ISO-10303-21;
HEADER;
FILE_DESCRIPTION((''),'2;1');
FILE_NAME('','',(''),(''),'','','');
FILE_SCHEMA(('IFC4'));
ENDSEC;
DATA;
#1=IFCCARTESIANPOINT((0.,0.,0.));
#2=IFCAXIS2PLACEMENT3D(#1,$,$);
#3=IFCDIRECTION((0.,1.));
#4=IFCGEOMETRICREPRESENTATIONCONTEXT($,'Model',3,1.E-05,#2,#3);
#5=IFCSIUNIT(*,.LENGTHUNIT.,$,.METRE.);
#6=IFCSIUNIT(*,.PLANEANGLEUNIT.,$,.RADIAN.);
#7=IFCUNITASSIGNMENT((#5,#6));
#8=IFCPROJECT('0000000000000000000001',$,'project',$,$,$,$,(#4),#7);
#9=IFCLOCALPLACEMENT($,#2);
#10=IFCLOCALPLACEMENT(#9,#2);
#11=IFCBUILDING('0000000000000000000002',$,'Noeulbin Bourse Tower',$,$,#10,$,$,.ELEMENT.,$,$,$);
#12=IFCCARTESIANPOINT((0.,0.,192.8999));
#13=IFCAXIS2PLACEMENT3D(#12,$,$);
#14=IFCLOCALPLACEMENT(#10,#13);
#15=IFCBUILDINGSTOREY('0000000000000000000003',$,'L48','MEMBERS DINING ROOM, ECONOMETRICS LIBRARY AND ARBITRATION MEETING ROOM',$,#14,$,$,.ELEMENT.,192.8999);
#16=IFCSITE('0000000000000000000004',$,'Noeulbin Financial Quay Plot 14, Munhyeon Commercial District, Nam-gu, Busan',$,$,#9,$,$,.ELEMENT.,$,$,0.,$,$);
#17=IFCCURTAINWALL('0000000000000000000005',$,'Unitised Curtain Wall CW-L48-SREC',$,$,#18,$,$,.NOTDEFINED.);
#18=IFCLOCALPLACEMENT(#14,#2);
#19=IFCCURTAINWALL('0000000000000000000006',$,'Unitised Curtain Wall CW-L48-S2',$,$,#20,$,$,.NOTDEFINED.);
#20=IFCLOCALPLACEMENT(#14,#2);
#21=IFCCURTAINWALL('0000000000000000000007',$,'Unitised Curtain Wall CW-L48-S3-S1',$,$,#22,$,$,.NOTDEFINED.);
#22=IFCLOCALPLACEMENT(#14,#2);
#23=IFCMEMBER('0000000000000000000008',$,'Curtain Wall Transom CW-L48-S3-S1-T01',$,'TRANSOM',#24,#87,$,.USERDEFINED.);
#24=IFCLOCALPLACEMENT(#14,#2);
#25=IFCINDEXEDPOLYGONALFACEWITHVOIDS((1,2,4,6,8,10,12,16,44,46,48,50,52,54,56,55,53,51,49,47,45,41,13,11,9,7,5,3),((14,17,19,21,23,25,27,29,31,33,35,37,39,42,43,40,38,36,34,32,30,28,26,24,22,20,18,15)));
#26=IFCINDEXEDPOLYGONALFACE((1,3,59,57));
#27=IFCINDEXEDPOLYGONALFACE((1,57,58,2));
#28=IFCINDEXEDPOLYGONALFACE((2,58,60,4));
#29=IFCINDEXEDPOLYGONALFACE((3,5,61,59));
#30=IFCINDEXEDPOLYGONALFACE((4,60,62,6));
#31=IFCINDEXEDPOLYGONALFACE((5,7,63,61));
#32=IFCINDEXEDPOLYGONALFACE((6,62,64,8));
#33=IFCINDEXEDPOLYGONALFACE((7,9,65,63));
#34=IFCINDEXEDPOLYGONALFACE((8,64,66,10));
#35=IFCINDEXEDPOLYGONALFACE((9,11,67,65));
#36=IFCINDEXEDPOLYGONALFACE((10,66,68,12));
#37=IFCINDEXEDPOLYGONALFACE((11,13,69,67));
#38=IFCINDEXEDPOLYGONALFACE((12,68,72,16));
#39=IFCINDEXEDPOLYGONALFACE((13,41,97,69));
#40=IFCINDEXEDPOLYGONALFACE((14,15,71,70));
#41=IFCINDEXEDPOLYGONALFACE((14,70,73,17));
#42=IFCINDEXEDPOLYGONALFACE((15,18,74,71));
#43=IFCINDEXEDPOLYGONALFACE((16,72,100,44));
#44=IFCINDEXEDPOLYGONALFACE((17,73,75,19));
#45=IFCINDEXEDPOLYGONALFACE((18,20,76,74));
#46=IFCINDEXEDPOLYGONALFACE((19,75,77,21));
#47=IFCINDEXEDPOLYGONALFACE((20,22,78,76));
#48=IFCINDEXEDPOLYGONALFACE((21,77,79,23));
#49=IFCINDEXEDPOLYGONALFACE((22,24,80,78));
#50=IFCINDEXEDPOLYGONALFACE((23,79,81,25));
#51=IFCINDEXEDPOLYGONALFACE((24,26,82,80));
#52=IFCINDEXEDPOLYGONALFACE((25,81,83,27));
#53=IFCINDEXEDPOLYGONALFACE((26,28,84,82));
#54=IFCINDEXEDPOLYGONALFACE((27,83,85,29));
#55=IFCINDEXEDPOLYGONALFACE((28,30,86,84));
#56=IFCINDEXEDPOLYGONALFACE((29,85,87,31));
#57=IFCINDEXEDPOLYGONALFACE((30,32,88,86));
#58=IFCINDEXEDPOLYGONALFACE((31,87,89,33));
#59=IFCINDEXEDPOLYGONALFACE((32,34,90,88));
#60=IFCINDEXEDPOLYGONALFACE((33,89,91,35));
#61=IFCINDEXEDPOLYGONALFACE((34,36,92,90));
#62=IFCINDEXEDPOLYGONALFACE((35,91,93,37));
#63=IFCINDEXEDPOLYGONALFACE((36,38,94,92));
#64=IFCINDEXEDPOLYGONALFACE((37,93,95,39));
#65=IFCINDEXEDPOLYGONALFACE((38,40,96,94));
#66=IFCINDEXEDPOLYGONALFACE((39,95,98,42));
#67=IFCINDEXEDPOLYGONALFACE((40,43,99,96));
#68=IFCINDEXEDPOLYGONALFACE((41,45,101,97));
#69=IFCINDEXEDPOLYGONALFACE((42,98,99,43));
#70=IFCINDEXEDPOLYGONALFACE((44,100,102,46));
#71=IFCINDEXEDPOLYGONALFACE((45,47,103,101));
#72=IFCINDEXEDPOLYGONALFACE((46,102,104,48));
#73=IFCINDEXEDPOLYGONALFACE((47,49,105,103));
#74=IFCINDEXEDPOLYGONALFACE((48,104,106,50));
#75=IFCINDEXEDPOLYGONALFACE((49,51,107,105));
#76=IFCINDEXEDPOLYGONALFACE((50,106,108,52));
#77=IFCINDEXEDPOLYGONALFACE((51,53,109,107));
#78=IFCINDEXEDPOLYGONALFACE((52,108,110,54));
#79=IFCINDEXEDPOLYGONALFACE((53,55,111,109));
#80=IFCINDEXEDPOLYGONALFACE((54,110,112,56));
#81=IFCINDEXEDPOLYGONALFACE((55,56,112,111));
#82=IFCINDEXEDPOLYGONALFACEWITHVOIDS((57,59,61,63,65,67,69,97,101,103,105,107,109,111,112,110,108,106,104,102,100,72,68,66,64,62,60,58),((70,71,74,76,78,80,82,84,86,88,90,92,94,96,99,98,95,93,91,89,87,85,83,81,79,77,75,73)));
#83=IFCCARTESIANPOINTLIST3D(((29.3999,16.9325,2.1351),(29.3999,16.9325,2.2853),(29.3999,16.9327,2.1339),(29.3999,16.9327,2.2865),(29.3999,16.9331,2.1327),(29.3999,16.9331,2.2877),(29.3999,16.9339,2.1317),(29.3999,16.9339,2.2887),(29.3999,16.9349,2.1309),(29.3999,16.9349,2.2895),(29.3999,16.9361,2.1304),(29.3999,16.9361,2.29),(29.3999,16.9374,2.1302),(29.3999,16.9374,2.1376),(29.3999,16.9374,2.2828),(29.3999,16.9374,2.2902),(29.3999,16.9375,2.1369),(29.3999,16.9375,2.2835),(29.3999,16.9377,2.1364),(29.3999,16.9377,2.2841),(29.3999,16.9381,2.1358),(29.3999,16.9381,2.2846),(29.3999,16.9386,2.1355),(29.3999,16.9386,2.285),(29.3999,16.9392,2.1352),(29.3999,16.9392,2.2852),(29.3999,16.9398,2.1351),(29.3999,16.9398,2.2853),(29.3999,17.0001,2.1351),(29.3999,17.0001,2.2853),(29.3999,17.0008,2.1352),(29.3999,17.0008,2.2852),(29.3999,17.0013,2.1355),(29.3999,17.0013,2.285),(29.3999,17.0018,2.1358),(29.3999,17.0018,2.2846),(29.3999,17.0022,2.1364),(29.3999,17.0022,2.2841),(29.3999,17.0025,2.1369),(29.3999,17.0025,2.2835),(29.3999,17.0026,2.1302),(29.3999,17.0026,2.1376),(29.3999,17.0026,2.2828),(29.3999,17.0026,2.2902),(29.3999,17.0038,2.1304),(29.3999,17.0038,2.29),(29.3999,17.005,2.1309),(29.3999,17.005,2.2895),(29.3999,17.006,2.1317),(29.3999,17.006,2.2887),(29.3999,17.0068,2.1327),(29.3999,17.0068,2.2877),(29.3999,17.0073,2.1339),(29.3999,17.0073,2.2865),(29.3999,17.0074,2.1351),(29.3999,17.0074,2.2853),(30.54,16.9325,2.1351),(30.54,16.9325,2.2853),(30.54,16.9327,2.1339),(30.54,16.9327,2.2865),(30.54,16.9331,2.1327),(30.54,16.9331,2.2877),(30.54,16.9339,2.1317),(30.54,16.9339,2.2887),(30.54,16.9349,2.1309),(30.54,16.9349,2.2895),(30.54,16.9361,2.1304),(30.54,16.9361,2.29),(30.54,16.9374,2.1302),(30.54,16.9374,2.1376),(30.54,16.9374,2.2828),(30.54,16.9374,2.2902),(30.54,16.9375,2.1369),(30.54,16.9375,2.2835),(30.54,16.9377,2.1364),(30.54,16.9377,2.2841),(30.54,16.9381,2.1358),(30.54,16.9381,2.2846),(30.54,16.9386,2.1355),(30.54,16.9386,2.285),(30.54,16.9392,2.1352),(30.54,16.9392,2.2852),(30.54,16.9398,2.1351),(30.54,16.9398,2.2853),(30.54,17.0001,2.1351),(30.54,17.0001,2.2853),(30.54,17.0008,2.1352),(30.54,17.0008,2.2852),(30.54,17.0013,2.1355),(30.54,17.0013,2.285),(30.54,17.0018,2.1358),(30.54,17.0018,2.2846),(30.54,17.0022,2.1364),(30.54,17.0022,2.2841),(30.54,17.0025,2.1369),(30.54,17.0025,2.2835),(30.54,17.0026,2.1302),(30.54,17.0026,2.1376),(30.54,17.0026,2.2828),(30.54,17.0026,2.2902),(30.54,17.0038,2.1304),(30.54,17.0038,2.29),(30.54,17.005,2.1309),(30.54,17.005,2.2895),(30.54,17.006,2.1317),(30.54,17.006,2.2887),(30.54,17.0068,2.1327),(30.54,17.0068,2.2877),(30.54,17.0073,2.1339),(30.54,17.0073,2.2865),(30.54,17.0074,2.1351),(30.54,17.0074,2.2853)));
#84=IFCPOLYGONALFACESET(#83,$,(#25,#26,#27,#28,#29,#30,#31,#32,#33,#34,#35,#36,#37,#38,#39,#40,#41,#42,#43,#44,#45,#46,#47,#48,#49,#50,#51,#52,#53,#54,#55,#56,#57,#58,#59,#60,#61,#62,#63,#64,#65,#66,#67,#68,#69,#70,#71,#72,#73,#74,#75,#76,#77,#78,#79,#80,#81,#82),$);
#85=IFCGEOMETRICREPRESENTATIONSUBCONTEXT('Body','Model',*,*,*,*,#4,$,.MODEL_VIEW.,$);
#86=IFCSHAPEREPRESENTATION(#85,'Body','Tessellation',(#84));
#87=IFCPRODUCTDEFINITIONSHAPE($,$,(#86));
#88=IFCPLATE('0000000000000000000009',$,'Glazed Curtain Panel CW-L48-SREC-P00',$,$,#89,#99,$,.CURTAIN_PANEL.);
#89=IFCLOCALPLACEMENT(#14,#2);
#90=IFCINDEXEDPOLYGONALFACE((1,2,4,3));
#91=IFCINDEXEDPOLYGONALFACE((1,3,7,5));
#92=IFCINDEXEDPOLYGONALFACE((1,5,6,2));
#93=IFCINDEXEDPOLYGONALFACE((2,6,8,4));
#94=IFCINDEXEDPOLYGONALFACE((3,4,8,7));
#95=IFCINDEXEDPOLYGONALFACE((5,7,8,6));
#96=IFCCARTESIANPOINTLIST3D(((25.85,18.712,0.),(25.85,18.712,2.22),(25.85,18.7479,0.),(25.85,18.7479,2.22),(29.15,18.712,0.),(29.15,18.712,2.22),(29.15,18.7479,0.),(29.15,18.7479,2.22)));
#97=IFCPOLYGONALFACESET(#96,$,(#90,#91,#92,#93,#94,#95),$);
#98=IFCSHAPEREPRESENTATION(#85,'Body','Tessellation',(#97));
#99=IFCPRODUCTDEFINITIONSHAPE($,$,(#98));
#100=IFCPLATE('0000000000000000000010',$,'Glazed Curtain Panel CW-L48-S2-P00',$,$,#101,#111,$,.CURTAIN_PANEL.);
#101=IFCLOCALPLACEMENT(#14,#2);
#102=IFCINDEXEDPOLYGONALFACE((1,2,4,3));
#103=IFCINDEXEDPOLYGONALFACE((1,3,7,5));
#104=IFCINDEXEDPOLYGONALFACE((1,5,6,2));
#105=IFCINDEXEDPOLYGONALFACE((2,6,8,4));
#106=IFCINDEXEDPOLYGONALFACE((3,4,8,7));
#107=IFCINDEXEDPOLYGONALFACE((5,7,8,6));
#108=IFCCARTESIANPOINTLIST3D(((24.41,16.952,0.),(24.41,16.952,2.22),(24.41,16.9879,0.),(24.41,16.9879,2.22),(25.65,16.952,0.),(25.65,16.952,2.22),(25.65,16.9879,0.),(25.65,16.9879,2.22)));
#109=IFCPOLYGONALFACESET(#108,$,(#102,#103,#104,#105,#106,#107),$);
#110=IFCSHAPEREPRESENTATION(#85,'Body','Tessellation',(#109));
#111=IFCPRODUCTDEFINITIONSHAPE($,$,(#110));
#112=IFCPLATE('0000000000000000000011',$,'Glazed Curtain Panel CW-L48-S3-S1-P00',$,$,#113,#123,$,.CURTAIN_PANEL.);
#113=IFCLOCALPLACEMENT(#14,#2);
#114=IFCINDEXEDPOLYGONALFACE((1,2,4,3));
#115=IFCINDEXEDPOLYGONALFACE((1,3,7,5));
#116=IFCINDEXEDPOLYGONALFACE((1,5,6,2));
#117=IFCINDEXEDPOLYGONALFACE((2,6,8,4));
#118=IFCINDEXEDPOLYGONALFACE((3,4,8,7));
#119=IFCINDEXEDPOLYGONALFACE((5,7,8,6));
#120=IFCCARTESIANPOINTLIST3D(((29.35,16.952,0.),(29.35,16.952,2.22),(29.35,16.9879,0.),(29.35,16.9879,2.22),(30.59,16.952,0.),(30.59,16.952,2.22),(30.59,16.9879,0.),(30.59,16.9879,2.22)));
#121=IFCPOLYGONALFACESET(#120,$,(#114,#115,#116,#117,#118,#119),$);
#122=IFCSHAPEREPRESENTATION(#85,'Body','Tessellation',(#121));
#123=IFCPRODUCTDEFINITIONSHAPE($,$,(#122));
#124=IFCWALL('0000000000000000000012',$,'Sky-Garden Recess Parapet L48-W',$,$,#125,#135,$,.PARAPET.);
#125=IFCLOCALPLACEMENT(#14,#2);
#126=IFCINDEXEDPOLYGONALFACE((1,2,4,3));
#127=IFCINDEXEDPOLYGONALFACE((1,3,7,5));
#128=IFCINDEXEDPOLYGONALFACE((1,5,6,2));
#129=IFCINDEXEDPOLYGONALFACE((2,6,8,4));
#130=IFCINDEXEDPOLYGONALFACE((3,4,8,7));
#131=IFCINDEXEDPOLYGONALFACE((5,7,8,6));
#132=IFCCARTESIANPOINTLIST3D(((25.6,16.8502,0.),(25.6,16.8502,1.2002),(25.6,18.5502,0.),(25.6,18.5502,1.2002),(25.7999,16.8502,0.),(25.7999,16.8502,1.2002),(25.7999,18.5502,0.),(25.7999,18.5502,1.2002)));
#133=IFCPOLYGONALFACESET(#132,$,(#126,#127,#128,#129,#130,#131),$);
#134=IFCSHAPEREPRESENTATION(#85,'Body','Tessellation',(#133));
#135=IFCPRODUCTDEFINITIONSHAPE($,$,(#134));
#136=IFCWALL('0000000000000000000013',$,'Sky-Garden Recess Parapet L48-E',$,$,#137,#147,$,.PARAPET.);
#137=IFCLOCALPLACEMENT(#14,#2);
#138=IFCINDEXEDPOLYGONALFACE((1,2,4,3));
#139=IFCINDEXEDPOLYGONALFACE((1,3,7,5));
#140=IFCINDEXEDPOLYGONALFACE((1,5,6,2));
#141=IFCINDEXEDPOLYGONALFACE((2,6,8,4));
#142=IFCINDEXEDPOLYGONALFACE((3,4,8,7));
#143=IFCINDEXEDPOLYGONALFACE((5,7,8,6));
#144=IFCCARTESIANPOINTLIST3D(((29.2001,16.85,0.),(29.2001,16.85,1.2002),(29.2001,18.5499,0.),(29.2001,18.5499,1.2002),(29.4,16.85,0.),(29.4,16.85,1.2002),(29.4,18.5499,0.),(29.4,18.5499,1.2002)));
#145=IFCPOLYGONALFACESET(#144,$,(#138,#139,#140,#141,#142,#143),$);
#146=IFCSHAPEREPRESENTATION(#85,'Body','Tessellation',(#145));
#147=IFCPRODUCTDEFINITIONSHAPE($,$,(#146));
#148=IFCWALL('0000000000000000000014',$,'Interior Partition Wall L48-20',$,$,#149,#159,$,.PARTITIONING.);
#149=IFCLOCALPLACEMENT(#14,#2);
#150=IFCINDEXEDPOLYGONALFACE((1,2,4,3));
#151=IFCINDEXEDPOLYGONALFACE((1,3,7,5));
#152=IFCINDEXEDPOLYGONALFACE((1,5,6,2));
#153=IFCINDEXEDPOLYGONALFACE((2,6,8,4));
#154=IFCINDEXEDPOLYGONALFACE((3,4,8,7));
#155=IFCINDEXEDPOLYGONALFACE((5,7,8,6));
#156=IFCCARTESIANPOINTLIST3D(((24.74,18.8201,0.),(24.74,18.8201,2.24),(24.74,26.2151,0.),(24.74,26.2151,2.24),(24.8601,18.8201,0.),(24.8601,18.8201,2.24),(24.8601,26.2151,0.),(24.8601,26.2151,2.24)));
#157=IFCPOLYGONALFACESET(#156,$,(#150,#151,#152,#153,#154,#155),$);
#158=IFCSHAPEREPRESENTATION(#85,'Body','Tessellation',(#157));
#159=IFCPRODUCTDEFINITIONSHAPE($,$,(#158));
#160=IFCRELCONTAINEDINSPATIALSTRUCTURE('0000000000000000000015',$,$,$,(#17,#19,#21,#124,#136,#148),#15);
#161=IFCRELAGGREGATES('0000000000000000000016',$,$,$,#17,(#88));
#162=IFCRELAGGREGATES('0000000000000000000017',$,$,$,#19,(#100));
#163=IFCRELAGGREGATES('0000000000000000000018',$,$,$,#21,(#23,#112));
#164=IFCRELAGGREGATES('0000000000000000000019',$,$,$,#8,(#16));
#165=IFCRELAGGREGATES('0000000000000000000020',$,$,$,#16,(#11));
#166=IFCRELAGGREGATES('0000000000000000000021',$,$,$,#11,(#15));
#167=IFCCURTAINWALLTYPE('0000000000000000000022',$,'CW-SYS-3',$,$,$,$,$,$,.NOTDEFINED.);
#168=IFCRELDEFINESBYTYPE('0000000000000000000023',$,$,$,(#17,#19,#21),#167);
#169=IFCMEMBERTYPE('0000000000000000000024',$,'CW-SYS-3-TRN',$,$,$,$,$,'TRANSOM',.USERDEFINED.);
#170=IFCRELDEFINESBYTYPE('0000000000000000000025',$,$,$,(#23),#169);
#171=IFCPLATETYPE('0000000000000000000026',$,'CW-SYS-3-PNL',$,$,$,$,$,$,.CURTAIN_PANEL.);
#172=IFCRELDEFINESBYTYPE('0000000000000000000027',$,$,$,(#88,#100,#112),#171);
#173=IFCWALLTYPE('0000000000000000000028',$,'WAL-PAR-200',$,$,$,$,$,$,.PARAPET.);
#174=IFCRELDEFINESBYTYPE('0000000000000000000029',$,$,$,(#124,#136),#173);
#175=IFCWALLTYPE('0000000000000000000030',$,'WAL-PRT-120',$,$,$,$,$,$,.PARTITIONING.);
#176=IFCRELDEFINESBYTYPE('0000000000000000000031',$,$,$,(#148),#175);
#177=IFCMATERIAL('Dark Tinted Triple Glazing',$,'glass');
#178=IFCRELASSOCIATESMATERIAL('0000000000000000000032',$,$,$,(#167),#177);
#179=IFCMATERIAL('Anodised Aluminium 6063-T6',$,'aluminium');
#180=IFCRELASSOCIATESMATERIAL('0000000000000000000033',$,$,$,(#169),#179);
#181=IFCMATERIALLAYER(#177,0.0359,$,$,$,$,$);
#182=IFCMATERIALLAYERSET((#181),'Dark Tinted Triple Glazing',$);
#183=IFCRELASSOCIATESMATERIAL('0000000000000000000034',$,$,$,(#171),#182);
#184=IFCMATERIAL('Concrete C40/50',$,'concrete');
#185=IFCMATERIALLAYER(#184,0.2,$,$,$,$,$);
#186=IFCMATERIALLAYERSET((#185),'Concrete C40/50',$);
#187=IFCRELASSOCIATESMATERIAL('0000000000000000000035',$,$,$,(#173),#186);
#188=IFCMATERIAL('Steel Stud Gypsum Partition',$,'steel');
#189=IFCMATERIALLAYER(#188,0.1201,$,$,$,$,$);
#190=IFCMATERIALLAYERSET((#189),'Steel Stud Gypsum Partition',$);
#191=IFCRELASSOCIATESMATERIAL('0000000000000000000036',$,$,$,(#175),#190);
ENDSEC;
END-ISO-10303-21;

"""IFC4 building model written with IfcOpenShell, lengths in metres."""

from ifc_helpers import new_model, si_unit, direction, frame, frame_2d, origin, origin_2d, place, context, subcontext, project, spatial, rectangle, hollow_rectangle, extrude, material, layer, layer_set, material_profile, profile_set, type_object, element, aggregate, save


model = new_model("IFC4")

# Units and contexts
model_context = context("Model", 3, precision=1e-05, world=origin(), true_north=direction((0.0, 1.0)))
body_context = subcontext(model_context, "Body", "Model", "MODEL_VIEW")
ifc_project = project(units=[si_unit("LENGTHUNIT", "METRE"), si_unit("PLANEANGLEUNIT", "RADIAN")], contexts=[model_context])

# Site, building, storey
site_placement = place(None, origin())
site = spatial("IfcSite", under=ifc_project, at=site_placement, Name="Noeulbin Financial Quay Plot 14, Munhyeon Commercial District, Nam-gu, Busan", CompositionType="ELEMENT", RefElevation=0.0)
building_placement = place(site_placement, origin())
building = spatial("IfcBuilding", under=site, at=building_placement, Name="Noeulbin Bourse Tower", CompositionType="ELEMENT")
storey_placement = place(building_placement, frame((0.0, 0.0, 192.8999)))
storey = spatial("IfcBuildingStorey", under=building, at=storey_placement, Name="L48", Description="MEMBERS DINING ROOM, ECONOMETRICS LIBRARY AND ARBITRATION MEETING ROOM", CompositionType="ELEMENT", Elevation=192.8999)

# Curtain wall
ifc_material_1 = material(Name="Dark Tinted Triple Glazing", Category="glass")
curtain_wall_type = type_object("IfcCurtainWallType", Name="CW-SYS-3", PredefinedType="NOTDEFINED", material=ifc_material_1)
curtain_wall_1_placement = place(storey_placement, origin())
curtain_wall_1 = element("IfcCurtainWall", 1, at=curtain_wall_1_placement, inside=storey, type_object=curtain_wall_type, Name="Unitised Curtain Wall CW-L48-SREC", PredefinedType="NOTDEFINED")
ifc_material_2 = material(Name="Anodised Aluminium 6063-T6", Category="aluminium")

# Curtain wall
curtain_wall_2_placement = place(storey_placement, origin())
curtain_wall_2 = element("IfcCurtainWall", 2, at=curtain_wall_2_placement, inside=storey, type_object=curtain_wall_type, Name="Unitised Curtain Wall CW-L48-S2", PredefinedType="NOTDEFINED")

# Curtain wall
curtain_wall_3_placement = place(storey_placement, origin())
curtain_wall_3 = element("IfcCurtainWall", 3, at=curtain_wall_3_placement, inside=storey, type_object=curtain_wall_type, Name="Unitised Curtain Wall CW-L48-S3-S1", PredefinedType="NOTDEFINED")

# Member
ifc_material_profile_1 = material_profile(ifc_material_2, hollow_rectangle(XDim=0.075, YDim=0.1599, WallThickness=0.0049, InnerFilletRadius=0.0024, OuterFilletRadius=0.0049, at=origin_2d()), Name="ALU-TRAN-75x160x5", Category="LoadBearing")
ifc_profile_set_1 = profile_set([ifc_material_profile_1], Name="Anodised Aluminium 6063-T6")
member_type_1 = type_object("IfcMemberType", Name="CW-SYS-3-TRN", ElementType="TRANSOM", PredefinedType="USERDEFINED", material=ifc_profile_set_1)
member_1_placement = place(storey_placement, frame((29.3999, 16.97, 2.2102), z_axis=(1.0, 0.0, 0.0), x_axis=(0.0, 1.0, 0.0)))
member_1 = element("IfcMember", 4, at=member_1_placement, type_object=member_type_1, Name="Curtain Wall Transom CW-L48-S3-S1-T01", ObjectType="TRANSOM", PredefinedType="USERDEFINED", context=body_context, shape_type="SweptSolid", body=[
    extrude(hollow_rectangle(XDim=0.075, YDim=0.1599, WallThickness=0.0049, InnerFilletRadius=0.0024, OuterFilletRadius=0.0049, at=origin_2d()), origin(), (0.0, 0.0, 1.0), 1.1401),
])

# Plates
ifc_layer_1 = layer(ifc_material_1, 0.0359)
ifc_layer_set_1 = layer_set([ifc_layer_1], Name="Dark Tinted Triple Glazing")
plate_type = type_object("IfcPlateType", Name="CW-SYS-3-PNL", PredefinedType="CURTAIN_PANEL", material=ifc_layer_set_1)
plate_1_placement = place(storey_placement, frame((27.5, 18.73, 0.0), z_axis=(0.0, 0.0, 1.0), x_axis=(1.0, 0.0, 0.0)))
plate_1 = element("IfcPlate", 5, at=plate_1_placement, type_object=plate_type, Name="Glazed Curtain Panel CW-L48-SREC-P00", PredefinedType="CURTAIN_PANEL", context=body_context, shape_type="SweptSolid", body=[
    extrude(rectangle(XDim=3.3, YDim=0.0359, at=origin_2d()), origin(), (0.0, 0.0, 1.0), 2.22),
])
aggregate(curtain_wall_1, [plate_1])
plate_2_placement = place(storey_placement, frame((25.03, 16.97, 0.0), z_axis=(0.0, 0.0, 1.0), x_axis=(1.0, 0.0, 0.0)))
plate_2 = element("IfcPlate", 6, at=plate_2_placement, type_object=plate_type, Name="Glazed Curtain Panel CW-L48-S2-P00", PredefinedType="CURTAIN_PANEL", context=body_context, shape_type="SweptSolid", body=[
    extrude(rectangle(XDim=1.24, YDim=0.0359, at=origin_2d()), origin(), (0.0, 0.0, 1.0), 2.22),
])
aggregate(curtain_wall_2, [plate_2])
plate_3_placement = place(storey_placement, frame((29.97, 16.97, 0.0), z_axis=(0.0, 0.0, 1.0), x_axis=(1.0, 0.0, 0.0)))
plate_3 = element("IfcPlate", 7, at=plate_3_placement, type_object=plate_type, Name="Glazed Curtain Panel CW-L48-S3-S1-P00", PredefinedType="CURTAIN_PANEL", context=body_context, shape_type="SweptSolid", body=[
    extrude(rectangle(XDim=1.24, YDim=0.0359, at=origin_2d()), origin(), (0.0, 0.0, 1.0), 2.22),
])
aggregate(curtain_wall_3, [member_1, plate_3])

# Walls
ifc_material_3 = material(Name="Concrete C40/50", Category="concrete")
ifc_layer_2 = layer(ifc_material_3, 0.2)
ifc_layer_set_2 = layer_set([ifc_layer_2], Name="Concrete C40/50")
wall_type_1 = type_object("IfcWallType", Name="WAL-PAR-200", PredefinedType="PARAPET", material=ifc_layer_set_2)
for number, where, z_axis, x_axis, name in (
    (8, (25.7, 16.8501, 0.0), (0.0, 0.0, 1.0), (0.0, 1.0, 0.0), "Sky-Garden Recess Parapet L48-W"),
    (9, (29.3, 18.55, 0.0), (0.0, 0.0, 1.0), (0.0, -1.0, 0.0), "Sky-Garden Recess Parapet L48-E"),
):
    element("IfcWall", number, at=place(storey_placement, frame(where, z_axis=z_axis, x_axis=x_axis)), inside=storey, type_object=wall_type_1, Name=name, PredefinedType="PARAPET", context=body_context, shape_type="SweptSolid", body=[
        extrude(rectangle(XDim=1.7, YDim=0.2, at=frame_2d((0.8501, 0.0))), origin(), (0.0, 0.0, 1.0), 1.2002),
    ])
ifc_material_4 = material(Name="Steel Stud Gypsum Partition", Category="steel")
ifc_layer_3 = layer(ifc_material_4, 0.1201)
ifc_layer_set_3 = layer_set([ifc_layer_3], Name="Steel Stud Gypsum Partition")
wall_type_2 = type_object("IfcWallType", Name="WAL-PRT-120", PredefinedType="PARTITIONING", material=ifc_layer_set_3)
wall_placement = place(storey_placement, frame((24.8, 18.8201, 0.0), z_axis=(0.0, 0.0, 1.0), x_axis=(0.0, 1.0, 0.0)))
element("IfcWall", 10, at=wall_placement, inside=storey, type_object=wall_type_2, Name="Interior Partition Wall L48-20", PredefinedType="PARTITIONING", context=body_context, shape_type="SweptSolid", body=[
    extrude(rectangle(XDim=7.395, YDim=0.1201, at=frame_2d((3.6975, 0.0))), origin(), (0.0, 0.0, 1.0), 2.24),
])

save(model, "model.ifc")
